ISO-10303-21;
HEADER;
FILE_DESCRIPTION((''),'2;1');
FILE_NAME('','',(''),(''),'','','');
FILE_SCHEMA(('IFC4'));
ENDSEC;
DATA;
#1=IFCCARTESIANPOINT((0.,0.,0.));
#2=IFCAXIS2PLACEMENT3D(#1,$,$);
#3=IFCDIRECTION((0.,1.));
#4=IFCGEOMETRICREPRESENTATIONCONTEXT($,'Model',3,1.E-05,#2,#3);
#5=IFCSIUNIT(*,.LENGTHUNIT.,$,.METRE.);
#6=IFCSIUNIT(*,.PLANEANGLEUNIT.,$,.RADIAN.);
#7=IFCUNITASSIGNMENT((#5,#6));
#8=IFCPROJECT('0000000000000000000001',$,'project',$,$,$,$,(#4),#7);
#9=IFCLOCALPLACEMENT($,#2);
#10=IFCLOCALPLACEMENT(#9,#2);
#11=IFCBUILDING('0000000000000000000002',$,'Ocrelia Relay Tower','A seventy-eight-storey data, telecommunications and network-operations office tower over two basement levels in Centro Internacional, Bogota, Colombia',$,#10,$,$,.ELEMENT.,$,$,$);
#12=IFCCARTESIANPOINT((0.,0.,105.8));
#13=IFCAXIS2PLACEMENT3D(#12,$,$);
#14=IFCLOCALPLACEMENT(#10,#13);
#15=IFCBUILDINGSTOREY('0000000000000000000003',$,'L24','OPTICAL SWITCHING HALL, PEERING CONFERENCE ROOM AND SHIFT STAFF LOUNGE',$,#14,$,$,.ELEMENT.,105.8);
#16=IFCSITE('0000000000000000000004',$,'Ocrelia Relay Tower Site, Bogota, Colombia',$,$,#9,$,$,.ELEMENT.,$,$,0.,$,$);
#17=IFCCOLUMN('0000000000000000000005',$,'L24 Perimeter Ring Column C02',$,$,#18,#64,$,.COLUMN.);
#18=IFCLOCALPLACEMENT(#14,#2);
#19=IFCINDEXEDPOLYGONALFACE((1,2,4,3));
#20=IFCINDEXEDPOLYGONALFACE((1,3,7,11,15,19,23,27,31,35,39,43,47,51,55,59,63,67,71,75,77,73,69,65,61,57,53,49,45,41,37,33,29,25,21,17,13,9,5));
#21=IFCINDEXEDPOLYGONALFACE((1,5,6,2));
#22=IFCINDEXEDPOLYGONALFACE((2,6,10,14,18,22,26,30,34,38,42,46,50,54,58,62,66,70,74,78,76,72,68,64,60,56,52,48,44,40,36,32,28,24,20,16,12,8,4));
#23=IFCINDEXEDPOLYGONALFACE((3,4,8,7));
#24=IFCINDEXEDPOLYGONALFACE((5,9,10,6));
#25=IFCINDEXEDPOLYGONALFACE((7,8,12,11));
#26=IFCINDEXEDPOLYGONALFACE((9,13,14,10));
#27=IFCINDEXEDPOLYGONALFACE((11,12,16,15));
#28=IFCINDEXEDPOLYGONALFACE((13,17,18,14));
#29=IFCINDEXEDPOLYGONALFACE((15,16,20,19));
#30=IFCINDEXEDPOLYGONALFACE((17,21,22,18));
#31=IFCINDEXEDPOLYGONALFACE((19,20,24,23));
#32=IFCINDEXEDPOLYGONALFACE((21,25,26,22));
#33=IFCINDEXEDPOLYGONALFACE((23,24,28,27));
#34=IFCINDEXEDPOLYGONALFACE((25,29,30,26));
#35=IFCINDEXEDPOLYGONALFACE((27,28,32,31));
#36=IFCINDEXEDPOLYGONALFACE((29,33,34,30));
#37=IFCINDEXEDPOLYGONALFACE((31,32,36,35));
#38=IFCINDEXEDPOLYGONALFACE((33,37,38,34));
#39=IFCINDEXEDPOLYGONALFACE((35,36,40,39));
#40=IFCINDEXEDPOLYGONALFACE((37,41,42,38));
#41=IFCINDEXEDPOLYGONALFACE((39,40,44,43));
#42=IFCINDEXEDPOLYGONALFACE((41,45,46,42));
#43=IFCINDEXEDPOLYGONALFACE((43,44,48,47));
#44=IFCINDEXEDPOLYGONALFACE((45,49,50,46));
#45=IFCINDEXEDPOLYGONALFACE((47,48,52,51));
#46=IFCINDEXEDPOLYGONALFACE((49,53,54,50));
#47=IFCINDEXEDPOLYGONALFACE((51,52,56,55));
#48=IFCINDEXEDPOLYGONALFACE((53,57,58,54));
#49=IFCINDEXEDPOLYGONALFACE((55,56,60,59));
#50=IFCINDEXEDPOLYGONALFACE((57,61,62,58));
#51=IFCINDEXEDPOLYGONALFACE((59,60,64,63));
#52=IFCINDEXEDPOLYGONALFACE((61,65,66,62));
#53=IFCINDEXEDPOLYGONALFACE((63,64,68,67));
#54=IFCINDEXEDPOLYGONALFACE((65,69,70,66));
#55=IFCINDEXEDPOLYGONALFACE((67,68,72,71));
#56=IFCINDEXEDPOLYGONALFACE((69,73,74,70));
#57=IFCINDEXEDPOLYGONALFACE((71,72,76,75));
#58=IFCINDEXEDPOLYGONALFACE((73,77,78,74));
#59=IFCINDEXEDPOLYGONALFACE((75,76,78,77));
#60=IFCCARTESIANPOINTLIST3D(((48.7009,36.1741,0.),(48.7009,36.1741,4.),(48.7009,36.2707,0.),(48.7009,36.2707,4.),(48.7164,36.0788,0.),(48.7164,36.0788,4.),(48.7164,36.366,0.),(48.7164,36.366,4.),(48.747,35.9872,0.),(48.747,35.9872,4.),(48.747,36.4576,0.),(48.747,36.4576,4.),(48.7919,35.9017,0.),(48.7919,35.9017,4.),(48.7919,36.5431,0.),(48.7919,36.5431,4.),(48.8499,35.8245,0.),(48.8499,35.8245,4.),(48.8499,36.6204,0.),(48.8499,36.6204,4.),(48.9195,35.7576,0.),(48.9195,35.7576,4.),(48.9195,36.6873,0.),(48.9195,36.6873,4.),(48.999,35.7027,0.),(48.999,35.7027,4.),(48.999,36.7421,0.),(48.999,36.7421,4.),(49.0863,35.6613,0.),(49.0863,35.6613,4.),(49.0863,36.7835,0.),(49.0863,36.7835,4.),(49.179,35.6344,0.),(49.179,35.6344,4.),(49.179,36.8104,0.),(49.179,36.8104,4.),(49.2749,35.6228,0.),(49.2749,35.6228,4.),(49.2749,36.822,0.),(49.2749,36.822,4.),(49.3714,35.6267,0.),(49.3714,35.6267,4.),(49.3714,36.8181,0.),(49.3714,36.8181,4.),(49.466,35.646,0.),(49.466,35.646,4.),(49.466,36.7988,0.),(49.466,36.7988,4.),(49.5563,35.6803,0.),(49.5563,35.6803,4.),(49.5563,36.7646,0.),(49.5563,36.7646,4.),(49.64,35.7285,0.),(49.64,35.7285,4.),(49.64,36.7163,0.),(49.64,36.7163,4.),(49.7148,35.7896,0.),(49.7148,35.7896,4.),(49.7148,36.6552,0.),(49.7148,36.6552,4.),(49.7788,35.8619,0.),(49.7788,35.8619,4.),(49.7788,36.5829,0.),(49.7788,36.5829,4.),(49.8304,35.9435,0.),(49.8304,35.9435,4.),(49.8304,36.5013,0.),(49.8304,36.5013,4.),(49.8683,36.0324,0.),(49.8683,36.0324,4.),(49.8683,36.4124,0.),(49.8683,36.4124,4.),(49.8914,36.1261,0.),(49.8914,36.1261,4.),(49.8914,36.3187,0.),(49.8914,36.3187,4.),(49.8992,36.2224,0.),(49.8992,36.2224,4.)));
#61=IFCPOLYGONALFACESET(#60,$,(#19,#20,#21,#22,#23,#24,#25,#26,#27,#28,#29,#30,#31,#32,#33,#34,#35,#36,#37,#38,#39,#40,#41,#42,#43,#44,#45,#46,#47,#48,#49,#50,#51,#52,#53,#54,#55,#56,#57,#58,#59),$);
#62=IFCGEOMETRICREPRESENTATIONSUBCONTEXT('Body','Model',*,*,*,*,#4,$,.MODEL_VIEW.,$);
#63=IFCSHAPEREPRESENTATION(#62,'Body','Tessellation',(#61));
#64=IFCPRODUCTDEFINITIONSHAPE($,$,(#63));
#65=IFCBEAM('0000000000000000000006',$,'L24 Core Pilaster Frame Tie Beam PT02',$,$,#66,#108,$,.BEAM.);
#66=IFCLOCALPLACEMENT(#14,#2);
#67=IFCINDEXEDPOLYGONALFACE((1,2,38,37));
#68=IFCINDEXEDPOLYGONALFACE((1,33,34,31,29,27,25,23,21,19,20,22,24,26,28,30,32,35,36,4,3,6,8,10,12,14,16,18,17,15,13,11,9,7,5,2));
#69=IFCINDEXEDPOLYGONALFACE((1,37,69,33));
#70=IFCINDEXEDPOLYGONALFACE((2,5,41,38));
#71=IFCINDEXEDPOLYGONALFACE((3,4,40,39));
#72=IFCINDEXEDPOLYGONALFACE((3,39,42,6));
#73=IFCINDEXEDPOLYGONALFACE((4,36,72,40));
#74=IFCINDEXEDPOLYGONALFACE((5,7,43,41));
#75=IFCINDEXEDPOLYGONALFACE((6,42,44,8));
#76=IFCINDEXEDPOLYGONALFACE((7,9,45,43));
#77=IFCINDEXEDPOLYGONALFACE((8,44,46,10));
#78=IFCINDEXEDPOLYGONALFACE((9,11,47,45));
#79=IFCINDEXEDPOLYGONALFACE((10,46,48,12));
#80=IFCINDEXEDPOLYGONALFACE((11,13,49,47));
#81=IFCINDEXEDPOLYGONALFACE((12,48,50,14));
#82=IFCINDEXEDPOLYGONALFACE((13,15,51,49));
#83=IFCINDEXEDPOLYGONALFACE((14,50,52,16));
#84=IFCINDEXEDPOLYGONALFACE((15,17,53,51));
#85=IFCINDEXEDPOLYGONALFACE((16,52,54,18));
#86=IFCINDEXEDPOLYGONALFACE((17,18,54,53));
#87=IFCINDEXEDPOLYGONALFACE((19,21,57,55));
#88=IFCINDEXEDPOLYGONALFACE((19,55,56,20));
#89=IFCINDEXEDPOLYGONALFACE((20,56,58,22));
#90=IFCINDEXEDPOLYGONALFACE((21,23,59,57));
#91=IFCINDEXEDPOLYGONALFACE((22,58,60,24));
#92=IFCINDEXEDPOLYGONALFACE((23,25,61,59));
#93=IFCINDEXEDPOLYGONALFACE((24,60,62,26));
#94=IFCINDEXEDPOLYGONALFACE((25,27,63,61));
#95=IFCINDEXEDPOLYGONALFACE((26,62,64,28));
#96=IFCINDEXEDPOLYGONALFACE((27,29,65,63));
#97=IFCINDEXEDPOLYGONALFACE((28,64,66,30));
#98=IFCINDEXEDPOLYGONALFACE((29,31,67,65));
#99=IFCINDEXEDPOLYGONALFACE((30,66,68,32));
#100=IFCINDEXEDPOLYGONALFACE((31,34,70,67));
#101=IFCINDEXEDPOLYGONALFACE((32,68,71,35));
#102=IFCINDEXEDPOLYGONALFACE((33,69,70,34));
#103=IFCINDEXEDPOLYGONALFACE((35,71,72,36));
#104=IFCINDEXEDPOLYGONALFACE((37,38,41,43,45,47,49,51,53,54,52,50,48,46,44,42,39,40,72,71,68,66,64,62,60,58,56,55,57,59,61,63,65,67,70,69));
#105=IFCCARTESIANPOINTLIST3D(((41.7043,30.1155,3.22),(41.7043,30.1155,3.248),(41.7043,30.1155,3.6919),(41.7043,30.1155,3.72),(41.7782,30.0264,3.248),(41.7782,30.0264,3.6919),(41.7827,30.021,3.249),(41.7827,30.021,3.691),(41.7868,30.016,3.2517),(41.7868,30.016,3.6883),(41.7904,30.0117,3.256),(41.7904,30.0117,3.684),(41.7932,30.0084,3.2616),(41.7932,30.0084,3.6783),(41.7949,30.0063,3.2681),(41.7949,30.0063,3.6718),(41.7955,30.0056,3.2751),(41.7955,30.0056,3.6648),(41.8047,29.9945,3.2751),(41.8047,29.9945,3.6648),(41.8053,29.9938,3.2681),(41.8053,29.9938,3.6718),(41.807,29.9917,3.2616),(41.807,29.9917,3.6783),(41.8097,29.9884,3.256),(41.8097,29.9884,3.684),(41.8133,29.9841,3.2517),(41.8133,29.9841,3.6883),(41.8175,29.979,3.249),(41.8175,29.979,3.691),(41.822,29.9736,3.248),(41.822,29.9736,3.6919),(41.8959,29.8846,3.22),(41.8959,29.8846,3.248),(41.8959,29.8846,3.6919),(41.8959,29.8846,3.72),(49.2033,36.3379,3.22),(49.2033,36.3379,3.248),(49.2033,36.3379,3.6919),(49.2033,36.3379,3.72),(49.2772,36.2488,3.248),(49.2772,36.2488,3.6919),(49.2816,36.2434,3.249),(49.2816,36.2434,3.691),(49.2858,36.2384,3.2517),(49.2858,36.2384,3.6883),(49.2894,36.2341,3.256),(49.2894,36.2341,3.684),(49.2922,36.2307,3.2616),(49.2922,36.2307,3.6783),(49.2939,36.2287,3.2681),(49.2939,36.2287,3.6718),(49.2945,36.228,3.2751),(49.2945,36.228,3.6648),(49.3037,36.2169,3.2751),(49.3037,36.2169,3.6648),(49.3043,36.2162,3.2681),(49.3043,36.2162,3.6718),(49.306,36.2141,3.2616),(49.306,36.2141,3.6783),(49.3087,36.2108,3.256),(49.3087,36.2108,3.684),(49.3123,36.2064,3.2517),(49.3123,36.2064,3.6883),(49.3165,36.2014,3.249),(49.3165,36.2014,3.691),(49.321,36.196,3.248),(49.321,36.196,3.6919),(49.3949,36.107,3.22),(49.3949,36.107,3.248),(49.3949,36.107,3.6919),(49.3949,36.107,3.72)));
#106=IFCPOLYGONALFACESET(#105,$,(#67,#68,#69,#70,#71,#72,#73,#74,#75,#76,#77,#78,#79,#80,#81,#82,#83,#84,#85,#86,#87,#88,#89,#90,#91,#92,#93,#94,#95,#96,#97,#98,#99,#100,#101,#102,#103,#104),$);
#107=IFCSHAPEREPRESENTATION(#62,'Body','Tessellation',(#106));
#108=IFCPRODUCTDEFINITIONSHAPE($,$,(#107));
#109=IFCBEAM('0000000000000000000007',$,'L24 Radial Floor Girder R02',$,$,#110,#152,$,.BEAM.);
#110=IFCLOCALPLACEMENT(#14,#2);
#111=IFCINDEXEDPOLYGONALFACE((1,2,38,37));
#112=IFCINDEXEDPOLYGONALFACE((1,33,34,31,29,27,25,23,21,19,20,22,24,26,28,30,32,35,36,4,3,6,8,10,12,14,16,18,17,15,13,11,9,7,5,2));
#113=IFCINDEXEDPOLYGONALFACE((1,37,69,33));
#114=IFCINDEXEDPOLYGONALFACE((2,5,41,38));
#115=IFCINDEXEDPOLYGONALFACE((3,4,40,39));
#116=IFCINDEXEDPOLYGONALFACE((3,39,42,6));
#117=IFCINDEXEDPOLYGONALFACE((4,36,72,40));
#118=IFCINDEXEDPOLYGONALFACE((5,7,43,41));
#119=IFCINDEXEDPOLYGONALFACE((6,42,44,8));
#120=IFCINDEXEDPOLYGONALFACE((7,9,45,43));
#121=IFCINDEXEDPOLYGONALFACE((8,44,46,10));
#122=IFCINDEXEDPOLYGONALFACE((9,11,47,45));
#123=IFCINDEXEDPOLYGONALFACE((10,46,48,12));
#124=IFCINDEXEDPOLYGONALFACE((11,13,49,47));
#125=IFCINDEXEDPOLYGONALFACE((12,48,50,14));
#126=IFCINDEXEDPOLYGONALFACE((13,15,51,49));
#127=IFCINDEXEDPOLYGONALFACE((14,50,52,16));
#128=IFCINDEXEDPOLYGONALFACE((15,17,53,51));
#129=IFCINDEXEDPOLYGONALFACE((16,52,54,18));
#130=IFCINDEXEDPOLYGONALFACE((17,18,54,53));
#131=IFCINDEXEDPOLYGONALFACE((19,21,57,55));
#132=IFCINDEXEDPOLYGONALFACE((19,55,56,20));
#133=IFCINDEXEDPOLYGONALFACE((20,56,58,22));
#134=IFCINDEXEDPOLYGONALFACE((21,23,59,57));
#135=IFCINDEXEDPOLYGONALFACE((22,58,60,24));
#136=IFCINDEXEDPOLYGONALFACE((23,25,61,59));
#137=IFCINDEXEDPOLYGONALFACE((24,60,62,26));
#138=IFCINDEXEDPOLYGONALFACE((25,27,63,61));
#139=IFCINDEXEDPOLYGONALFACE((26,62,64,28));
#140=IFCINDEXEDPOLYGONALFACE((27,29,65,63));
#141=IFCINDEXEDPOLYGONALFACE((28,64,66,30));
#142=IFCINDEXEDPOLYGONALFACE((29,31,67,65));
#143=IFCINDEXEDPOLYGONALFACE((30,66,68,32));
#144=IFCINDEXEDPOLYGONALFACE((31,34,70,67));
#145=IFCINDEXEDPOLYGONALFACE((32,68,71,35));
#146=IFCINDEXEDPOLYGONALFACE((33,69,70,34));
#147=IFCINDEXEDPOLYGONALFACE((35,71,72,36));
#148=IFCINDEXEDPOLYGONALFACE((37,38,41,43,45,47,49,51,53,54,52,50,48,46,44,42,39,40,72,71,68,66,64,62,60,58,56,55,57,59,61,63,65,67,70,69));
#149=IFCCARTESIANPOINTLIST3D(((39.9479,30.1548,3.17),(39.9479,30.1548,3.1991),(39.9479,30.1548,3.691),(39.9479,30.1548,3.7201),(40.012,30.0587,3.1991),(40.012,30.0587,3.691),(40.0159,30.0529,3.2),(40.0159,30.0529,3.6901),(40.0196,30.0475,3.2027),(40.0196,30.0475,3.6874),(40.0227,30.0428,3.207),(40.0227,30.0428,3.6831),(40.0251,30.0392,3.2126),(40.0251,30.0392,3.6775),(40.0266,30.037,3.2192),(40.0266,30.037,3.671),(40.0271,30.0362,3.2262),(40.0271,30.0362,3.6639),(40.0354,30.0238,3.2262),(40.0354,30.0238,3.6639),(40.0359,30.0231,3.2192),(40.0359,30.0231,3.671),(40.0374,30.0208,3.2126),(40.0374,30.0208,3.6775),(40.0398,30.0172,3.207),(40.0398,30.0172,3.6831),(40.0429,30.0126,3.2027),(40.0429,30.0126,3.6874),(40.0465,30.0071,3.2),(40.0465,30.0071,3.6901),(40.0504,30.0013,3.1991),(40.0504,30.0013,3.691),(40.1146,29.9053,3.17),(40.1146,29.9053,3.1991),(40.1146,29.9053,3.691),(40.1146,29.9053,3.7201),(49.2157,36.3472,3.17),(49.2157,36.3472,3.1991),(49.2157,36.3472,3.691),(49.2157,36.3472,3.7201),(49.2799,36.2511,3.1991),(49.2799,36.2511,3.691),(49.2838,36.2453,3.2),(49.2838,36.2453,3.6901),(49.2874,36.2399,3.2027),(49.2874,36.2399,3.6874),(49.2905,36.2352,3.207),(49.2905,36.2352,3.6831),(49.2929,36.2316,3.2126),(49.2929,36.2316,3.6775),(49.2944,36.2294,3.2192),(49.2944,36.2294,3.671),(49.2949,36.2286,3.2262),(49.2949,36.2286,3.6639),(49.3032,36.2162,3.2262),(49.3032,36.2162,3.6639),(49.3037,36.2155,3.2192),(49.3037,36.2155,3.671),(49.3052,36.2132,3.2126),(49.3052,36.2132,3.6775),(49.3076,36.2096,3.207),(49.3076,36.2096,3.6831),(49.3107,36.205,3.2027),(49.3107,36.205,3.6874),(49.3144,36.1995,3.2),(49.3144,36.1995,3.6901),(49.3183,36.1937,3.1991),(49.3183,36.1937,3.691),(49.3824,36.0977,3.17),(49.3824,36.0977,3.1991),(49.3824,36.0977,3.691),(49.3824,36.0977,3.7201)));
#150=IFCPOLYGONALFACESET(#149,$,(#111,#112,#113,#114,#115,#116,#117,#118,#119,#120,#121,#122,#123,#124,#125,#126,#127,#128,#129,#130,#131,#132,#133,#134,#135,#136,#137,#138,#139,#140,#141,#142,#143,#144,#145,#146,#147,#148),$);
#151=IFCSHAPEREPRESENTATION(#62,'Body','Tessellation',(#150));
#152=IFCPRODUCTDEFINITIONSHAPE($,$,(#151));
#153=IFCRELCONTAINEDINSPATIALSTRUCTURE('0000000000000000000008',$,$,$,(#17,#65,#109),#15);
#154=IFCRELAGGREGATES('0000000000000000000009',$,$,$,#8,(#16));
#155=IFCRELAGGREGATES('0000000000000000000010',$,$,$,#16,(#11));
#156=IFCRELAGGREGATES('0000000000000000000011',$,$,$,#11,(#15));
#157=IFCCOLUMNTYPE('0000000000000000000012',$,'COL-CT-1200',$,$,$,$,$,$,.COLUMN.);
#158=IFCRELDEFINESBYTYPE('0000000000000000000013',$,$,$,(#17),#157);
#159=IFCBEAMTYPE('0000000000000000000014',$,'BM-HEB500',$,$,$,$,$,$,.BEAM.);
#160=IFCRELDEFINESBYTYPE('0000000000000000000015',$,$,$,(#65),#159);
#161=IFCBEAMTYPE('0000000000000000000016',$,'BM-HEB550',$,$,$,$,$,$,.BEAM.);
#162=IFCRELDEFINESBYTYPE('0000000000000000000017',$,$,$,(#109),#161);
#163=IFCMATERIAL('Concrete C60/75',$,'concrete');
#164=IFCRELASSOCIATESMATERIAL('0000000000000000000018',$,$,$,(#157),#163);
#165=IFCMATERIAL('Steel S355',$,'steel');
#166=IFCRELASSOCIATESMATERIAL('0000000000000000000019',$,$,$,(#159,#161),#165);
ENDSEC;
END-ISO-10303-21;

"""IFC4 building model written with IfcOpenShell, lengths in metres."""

from ifc_helpers import new_model, si_unit, direction, frame, origin, origin_2d, place, context, subcontext, project, spatial, circle, i_section, extrude, material, material_profile, profile_set, type_object, element, save


model = new_model("IFC4")

# Units and contexts
model_context = context("Model", 3, precision=1e-05, world=origin(), true_north=direction((0.0, 1.0)))
body_context = subcontext(model_context, "Body", "Model", "MODEL_VIEW")
ifc_project = project(units=[si_unit("LENGTHUNIT", "METRE"), si_unit("PLANEANGLEUNIT", "RADIAN")], contexts=[model_context])

# Site, building, storey
site_placement = place(None, origin())
site = spatial("IfcSite", under=ifc_project, at=site_placement, Name="Ocrelia Relay Tower Site, Bogota, Colombia", CompositionType="ELEMENT", RefElevation=0.0)
building_placement = place(site_placement, origin())
building = spatial("IfcBuilding", under=site, at=building_placement, Name="Ocrelia Relay Tower", Description="A seventy-eight-storey data, telecommunications and network-operations office tower over two basement levels in Centro Internacional, Bogota, Colombia", CompositionType="ELEMENT")
storey_placement = place(building_placement, frame((0.0, 0.0, 105.8)))
storey = spatial("IfcBuildingStorey", under=building, at=storey_placement, Name="L24", Description="OPTICAL SWITCHING HALL, PEERING CONFERENCE ROOM AND SHIFT STAFF LOUNGE", CompositionType="ELEMENT", Elevation=105.8)

# Column
ifc_material_1 = material(Name="Concrete C60/75", Category="concrete")
ifc_material_profile_1 = material_profile(ifc_material_1, circle(Radius=0.6001, at=origin_2d()), Name="RC-CIR-1200")
ifc_profile_set_1 = profile_set([ifc_material_profile_1], Name="Concrete C60/75")
column_type = type_object("IfcColumnType", Name="COL-CT-1200", PredefinedType="COLUMN", material=ifc_profile_set_1)
column_placement = place(storey_placement, frame((49.2991, 36.2224, 0.0), z_axis=(0.0, 0.0, 1.0), x_axis=(1.0, 0.0, 0.0)))
element("IfcColumn", 1, at=column_placement, inside=storey, type_object=column_type, Name="L24 Perimeter Ring Column C02", PredefinedType="COLUMN", context=body_context, shape_type="SweptSolid", body=[
    extrude(circle(Radius=0.6001, at=origin_2d()), origin(), (0.0, 0.0, 1.0), 4.0),
])

# Beams
ifc_material_2 = material(Name="Steel S355", Category="steel")
ifc_material_profile_2 = material_profile(ifc_material_2, i_section(OverallWidth=0.3, OverallDepth=0.5, WebThickness=0.0144, FlangeThickness=0.0281, FilletRadius=0.0271, at=origin_2d()), Name="HEB 500")
ifc_profile_set_2 = profile_set([ifc_material_profile_2], Name="Steel S355")
beam_type_1 = type_object("IfcBeamType", Name="BM-HEB500", PredefinedType="BEAM", material=ifc_profile_set_2)
beam_1_placement = place(storey_placement, frame((49.2991, 36.2224, 3.47), z_axis=(-0.769571, -0.638561, 0.0), x_axis=(0.638561, -0.769571, 0.0)))
element("IfcBeam", 2, at=beam_1_placement, inside=storey, type_object=beam_type_1, Name="L24 Core Pilaster Frame Tie Beam PT02", PredefinedType="BEAM", context=body_context, shape_type="SweptSolid", body=[
    extrude(i_section(OverallWidth=0.3, OverallDepth=0.5, WebThickness=0.0144, FlangeThickness=0.0281, FilletRadius=0.0271, at=origin_2d()), origin(), (0.0, 0.0, 1.0), 9.7444),
])
ifc_material_profile_3 = material_profile(ifc_material_2, i_section(OverallWidth=0.3, OverallDepth=0.55, WebThickness=0.0149, FlangeThickness=0.0291, FilletRadius=0.0271, at=origin_2d()), Name="HEB 550")
ifc_profile_set_3 = profile_set([ifc_material_profile_3], Name="Steel S355")
beam_type_2 = type_object("IfcBeamType", Name="BM-HEB550", PredefinedType="BEAM", material=ifc_profile_set_3)
beam_2_placement = place(storey_placement, frame((49.2991, 36.2224, 3.4451), z_axis=(-0.831477, -0.555559, 0.0), x_axis=(0.555559, -0.831477, 0.0)))
element("IfcBeam", 3, at=beam_2_placement, inside=storey, type_object=beam_type_2, Name="L24 Radial Floor Girder R02", PredefinedType="BEAM", context=body_context, shape_type="SweptSolid", body=[
    extrude(i_section(OverallWidth=0.3, OverallDepth=0.55, WebThickness=0.0149, FlangeThickness=0.0291, FilletRadius=0.0271, at=origin_2d()), origin(), (0.0, 0.0, 1.0), 11.1462),
])

save(model, "model.ifc")
